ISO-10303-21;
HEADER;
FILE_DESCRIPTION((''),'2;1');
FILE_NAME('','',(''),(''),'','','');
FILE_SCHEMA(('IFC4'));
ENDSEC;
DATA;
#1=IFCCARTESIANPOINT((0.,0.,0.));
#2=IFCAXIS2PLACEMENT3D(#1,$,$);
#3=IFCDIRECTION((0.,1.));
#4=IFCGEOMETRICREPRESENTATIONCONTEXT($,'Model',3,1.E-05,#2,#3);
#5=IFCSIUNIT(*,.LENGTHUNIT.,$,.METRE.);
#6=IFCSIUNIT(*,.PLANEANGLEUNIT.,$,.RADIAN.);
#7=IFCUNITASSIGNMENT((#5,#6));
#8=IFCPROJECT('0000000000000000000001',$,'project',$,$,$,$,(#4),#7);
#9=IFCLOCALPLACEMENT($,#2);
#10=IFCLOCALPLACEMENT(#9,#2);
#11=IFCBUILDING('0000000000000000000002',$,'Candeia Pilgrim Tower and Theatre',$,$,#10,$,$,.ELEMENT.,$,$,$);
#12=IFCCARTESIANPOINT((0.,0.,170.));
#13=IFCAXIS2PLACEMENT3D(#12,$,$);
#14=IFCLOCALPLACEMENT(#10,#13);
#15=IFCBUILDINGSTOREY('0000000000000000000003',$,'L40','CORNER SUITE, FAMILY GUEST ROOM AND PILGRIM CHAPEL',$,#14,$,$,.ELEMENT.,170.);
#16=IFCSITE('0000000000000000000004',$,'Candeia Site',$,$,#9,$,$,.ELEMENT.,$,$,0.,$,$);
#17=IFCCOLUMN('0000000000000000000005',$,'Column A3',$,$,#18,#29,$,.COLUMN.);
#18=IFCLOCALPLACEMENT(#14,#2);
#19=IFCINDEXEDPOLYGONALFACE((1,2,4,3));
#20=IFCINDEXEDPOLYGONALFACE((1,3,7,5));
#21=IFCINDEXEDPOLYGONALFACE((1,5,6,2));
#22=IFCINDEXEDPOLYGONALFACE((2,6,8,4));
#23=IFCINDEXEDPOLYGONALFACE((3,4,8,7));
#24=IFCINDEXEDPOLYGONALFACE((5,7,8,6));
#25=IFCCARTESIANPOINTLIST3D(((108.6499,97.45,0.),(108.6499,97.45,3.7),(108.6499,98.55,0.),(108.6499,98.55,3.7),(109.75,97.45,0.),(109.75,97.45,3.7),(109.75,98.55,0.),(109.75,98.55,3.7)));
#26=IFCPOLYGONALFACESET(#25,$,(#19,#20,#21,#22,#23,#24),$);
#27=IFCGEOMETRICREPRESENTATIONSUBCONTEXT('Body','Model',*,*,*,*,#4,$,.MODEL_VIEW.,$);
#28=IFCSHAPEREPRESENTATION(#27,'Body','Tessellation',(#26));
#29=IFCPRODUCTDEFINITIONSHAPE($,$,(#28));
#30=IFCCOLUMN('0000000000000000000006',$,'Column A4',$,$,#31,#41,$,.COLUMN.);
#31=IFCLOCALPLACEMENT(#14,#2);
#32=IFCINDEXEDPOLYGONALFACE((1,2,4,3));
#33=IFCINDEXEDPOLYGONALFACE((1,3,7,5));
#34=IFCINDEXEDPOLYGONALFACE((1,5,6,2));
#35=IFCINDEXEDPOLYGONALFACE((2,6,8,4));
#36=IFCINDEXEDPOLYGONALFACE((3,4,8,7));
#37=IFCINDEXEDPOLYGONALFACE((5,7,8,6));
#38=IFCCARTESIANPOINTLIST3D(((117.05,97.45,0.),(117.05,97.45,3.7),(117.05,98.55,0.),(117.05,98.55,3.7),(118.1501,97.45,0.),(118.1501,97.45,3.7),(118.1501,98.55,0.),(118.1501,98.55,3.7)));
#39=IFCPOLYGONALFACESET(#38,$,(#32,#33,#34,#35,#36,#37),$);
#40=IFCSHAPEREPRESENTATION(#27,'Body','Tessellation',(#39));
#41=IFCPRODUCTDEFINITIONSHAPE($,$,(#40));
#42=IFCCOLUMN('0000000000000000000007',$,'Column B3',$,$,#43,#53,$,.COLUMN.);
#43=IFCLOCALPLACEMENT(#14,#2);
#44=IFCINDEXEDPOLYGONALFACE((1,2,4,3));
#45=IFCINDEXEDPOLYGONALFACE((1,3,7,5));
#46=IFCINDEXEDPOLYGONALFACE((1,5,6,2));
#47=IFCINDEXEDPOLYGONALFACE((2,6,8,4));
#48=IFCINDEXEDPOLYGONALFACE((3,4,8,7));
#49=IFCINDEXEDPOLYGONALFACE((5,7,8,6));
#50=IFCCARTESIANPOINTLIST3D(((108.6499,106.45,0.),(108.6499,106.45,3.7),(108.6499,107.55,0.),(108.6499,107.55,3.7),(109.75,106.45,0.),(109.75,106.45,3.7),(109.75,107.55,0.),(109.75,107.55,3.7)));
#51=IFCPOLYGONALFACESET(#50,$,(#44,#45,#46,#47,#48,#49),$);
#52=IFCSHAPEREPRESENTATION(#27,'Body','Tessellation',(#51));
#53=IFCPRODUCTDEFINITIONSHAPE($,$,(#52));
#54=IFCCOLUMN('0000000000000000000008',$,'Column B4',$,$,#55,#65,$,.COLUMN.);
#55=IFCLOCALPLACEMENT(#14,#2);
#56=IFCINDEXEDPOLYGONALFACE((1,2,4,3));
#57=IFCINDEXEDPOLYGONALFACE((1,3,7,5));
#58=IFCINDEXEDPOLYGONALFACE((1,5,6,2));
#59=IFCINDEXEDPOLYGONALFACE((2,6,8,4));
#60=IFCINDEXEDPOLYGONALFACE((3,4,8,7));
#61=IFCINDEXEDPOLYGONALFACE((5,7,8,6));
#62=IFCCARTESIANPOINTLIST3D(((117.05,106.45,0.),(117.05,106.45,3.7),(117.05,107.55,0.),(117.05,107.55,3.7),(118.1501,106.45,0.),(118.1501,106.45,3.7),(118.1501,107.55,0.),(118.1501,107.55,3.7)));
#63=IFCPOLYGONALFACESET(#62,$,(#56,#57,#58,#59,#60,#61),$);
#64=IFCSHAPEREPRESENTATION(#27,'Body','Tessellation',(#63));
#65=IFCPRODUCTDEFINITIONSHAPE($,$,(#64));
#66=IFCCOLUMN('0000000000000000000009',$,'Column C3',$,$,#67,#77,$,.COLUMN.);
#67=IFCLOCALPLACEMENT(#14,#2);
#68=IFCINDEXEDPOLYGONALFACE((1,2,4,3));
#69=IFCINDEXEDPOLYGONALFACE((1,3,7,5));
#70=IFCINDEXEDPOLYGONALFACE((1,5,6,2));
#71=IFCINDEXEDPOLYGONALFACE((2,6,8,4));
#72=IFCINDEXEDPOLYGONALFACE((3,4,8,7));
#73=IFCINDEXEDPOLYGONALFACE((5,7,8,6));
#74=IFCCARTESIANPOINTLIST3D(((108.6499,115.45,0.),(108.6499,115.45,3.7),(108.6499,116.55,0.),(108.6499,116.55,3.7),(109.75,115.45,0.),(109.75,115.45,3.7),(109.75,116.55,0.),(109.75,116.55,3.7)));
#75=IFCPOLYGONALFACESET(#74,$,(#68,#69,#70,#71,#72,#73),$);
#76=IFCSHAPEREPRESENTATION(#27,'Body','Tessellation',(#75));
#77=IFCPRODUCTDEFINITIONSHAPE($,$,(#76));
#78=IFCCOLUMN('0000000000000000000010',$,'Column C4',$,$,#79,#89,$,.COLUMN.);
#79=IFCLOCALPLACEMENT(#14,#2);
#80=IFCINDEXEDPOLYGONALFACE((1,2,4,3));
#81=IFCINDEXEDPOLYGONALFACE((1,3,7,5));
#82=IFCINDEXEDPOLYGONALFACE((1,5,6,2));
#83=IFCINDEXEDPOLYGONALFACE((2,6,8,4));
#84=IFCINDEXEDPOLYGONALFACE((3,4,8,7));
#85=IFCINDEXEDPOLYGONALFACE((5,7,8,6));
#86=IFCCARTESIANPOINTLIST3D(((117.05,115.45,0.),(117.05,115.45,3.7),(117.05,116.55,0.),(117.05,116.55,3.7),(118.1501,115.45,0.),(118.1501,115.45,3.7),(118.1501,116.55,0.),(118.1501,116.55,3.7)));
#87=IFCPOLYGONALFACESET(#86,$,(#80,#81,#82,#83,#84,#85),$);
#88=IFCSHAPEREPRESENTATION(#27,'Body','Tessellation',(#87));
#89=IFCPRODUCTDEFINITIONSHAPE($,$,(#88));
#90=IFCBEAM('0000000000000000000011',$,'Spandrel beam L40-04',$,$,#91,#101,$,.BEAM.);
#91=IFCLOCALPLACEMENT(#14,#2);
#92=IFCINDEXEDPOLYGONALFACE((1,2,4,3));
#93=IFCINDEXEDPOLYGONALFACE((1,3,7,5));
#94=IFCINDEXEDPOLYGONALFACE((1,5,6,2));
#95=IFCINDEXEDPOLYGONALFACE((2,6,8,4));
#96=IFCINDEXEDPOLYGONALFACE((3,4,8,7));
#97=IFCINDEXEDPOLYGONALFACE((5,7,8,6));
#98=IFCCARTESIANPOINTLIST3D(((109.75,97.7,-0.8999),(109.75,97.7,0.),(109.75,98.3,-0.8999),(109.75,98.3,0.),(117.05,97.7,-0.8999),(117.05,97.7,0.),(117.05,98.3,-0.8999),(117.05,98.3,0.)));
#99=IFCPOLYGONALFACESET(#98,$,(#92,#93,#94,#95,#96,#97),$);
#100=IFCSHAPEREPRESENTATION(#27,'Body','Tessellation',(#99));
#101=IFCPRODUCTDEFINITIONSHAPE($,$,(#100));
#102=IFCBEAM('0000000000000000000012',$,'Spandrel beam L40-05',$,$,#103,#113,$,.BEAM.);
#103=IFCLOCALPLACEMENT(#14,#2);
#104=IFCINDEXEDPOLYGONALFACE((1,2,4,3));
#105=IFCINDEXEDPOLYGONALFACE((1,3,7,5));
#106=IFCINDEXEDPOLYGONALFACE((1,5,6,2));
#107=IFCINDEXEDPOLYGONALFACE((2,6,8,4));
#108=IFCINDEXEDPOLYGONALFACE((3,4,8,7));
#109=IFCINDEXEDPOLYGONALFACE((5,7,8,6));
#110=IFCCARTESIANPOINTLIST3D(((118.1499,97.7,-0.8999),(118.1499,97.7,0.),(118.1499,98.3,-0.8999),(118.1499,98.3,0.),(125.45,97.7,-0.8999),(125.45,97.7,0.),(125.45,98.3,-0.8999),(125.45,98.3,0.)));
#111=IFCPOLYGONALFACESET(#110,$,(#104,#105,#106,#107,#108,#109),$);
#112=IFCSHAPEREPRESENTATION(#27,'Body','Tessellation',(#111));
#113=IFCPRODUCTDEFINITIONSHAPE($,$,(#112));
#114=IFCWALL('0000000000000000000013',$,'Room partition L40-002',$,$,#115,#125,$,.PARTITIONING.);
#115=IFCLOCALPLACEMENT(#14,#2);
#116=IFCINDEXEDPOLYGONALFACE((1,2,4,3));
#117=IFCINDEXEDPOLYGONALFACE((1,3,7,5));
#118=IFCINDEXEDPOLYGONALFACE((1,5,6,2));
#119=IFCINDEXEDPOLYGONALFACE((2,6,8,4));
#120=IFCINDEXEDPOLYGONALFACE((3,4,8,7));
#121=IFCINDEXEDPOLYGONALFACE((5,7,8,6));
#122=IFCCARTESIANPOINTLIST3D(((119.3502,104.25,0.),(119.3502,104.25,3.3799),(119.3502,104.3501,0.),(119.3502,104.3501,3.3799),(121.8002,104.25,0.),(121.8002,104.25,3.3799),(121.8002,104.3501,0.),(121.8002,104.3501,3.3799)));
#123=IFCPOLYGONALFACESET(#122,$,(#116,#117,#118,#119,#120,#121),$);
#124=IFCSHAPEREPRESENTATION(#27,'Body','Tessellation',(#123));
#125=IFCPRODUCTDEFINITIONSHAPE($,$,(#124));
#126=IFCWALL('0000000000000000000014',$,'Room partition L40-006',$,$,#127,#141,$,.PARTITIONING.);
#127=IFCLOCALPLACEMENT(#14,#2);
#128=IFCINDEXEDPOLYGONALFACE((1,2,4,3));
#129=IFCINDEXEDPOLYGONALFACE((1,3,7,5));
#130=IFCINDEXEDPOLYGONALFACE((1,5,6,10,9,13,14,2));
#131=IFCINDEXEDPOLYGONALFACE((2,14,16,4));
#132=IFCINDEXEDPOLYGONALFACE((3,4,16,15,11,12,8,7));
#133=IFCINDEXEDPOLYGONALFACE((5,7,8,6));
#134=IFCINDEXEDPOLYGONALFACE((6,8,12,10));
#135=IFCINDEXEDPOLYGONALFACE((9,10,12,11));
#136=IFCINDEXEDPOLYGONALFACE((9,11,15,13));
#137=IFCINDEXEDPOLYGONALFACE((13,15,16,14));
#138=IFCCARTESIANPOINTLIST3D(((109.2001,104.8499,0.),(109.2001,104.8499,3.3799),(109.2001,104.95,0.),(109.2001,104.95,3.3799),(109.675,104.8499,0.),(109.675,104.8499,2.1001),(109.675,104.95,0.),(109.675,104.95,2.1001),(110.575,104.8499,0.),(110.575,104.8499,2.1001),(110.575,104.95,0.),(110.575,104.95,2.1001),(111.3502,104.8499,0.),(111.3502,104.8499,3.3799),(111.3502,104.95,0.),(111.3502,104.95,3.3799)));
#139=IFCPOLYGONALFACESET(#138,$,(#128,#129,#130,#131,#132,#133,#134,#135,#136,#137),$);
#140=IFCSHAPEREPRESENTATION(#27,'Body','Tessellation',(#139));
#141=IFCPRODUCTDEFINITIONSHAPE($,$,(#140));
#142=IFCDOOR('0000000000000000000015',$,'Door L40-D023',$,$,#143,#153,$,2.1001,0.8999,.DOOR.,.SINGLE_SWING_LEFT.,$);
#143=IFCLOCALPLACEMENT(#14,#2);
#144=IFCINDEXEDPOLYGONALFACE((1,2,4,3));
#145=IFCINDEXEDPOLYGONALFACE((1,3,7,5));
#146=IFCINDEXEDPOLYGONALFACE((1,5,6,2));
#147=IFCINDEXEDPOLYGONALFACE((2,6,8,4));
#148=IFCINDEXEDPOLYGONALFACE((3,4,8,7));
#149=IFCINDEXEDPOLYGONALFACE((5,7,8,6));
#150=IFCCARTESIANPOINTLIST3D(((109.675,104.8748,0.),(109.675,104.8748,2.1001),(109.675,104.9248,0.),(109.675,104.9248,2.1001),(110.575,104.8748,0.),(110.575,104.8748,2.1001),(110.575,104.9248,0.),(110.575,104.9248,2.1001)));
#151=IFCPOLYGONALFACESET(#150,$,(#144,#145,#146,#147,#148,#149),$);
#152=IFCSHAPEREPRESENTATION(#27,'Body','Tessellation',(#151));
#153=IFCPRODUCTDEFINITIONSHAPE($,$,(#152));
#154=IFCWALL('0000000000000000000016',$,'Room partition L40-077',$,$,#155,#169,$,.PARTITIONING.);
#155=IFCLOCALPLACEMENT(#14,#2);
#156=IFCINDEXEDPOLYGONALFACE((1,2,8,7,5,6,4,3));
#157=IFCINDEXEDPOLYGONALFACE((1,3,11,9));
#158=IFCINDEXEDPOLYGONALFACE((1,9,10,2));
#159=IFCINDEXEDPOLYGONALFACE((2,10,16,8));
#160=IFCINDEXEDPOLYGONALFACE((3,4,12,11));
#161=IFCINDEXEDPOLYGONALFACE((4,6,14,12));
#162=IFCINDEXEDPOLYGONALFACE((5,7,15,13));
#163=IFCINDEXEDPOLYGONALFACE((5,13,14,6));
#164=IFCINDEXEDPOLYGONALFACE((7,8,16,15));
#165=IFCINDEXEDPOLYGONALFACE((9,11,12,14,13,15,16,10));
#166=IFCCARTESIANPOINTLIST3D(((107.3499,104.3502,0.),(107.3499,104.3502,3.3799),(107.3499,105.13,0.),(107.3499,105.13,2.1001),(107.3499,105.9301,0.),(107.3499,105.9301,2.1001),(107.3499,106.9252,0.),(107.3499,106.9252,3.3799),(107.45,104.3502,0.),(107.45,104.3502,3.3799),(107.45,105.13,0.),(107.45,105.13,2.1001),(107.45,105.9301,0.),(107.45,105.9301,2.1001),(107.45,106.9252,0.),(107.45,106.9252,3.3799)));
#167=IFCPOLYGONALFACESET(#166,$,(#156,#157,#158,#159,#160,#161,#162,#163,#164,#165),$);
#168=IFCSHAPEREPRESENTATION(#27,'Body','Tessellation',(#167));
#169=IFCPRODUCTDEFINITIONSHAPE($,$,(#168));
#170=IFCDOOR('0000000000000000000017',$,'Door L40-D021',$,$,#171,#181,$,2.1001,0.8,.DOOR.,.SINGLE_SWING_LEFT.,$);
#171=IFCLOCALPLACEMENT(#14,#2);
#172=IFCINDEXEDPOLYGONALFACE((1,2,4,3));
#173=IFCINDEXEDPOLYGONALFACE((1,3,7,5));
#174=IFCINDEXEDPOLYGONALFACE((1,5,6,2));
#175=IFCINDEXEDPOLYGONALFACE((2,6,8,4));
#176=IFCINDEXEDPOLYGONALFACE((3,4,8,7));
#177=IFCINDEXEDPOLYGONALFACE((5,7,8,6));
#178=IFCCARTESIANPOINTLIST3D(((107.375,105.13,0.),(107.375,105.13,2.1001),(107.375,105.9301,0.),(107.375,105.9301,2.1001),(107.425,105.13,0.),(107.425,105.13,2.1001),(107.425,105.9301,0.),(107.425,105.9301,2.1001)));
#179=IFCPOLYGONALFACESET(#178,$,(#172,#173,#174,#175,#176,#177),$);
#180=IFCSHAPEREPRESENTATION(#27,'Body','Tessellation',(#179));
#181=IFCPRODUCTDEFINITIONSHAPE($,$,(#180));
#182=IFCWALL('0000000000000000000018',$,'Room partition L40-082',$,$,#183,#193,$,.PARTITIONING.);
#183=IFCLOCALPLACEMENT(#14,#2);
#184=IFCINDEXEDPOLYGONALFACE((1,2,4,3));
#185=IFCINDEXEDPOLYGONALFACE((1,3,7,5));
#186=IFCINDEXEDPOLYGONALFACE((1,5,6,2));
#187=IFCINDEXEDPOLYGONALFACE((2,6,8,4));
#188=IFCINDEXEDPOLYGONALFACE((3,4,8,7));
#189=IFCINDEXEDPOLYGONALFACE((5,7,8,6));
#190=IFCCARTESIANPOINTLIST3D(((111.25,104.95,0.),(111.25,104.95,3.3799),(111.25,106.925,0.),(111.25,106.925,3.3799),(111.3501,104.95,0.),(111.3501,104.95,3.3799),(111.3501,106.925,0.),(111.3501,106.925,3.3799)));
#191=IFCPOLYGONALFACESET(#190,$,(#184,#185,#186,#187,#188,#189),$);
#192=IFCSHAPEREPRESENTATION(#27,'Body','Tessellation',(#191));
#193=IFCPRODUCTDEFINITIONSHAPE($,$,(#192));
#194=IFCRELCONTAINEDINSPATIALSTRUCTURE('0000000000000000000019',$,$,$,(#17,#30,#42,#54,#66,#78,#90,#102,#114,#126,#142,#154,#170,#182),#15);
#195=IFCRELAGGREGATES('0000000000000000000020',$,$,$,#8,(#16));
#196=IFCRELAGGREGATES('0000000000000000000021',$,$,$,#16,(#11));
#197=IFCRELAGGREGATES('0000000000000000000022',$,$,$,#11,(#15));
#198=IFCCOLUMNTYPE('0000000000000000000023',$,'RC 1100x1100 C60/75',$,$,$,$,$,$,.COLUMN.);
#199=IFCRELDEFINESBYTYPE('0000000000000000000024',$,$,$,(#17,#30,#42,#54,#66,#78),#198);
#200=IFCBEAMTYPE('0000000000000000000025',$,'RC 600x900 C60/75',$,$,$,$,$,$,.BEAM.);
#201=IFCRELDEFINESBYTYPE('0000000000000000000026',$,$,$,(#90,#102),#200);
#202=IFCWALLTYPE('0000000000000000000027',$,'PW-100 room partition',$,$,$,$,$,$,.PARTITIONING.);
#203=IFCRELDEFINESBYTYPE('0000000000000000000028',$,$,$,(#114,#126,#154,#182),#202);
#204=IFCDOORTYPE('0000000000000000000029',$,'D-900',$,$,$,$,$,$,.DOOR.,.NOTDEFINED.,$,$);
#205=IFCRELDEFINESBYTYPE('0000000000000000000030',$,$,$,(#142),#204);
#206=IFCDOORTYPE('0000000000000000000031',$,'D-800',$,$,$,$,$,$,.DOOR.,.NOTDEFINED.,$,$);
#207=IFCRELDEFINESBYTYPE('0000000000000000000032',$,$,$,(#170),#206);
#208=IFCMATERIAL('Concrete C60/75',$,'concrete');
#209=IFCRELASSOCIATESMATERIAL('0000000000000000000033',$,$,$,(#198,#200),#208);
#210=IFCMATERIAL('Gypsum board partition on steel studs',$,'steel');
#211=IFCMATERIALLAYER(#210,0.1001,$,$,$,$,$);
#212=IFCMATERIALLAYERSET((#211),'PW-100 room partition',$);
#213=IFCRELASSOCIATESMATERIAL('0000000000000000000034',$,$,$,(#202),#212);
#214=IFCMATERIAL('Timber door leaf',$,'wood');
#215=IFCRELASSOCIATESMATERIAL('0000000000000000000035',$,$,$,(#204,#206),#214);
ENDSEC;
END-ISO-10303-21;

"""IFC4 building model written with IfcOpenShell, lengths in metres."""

from ifc_helpers import new_model, si_unit, direction, frame, frame_2d, origin, origin_2d, place, context, subcontext, project, spatial, rectangle, extrude, material, layer, layer_set, material_profile, profile_set, type_object, element, fill, save


model = new_model("IFC4")

# Units and contexts
model_context = context("Model", 3, precision=1e-05, world=origin(), true_north=direction((0.0, 1.0)))
body_context = subcontext(model_context, "Body", "Model", "MODEL_VIEW")
ifc_project = project(units=[si_unit("LENGTHUNIT", "METRE"), si_unit("PLANEANGLEUNIT", "RADIAN")], contexts=[model_context])

# Site, building, storey
site_placement = place(None, origin())
site = spatial("IfcSite", under=ifc_project, at=site_placement, Name="Candeia Site", CompositionType="ELEMENT", RefElevation=0.0)
building_placement = place(site_placement, origin())
building = spatial("IfcBuilding", under=site, at=building_placement, Name="Candeia Pilgrim Tower and Theatre", CompositionType="ELEMENT")
storey_placement = place(building_placement, frame((0.0, 0.0, 170.0)))
storey = spatial("IfcBuildingStorey", under=building, at=storey_placement, Name="L40", Description="CORNER SUITE, FAMILY GUEST ROOM AND PILGRIM CHAPEL", CompositionType="ELEMENT", Elevation=170.0)

# Columns
ifc_material_1 = material(Name="Concrete C60/75", Category="concrete")
ifc_material_profile_1 = material_profile(ifc_material_1, rectangle(XDim=1.1001, YDim=1.1001, at=origin_2d()))
ifc_profile_set_1 = profile_set([ifc_material_profile_1], Name="Concrete C60/75")
column_type = type_object("IfcColumnType", Name="RC 1100x1100 C60/75", PredefinedType="COLUMN", material=ifc_profile_set_1)
for number, where, z_axis, x_axis, name in (
    (1, (109.2, 98.0, 0.0), (0.0, 0.0, 1.0), (1.0, 0.0, 0.0), "Column A3"),
    (2, (117.6001, 98.0, 0.0), (0.0, 0.0, 1.0), (1.0, 0.0, 0.0), "Column A4"),
    (3, (109.2, 107.0, 0.0), (0.0, 0.0, 1.0), (1.0, 0.0, 0.0), "Column B3"),
    (4, (117.6001, 107.0, 0.0), (0.0, 0.0, 1.0), (1.0, 0.0, 0.0), "Column B4"),
    (5, (109.2, 116.0, 0.0), (0.0, 0.0, 1.0), (1.0, 0.0, 0.0), "Column C3"),
    (6, (117.6001, 116.0, 0.0), (0.0, 0.0, 1.0), (1.0, 0.0, 0.0), "Column C4"),
):
    element("IfcColumn", number, at=place(storey_placement, frame(where, z_axis=z_axis, x_axis=x_axis)), inside=storey, type_object=column_type, Name=name, PredefinedType="COLUMN", context=body_context, shape_type="SweptSolid", body=[
        extrude(rectangle(XDim=1.1001, YDim=1.1001, at=origin_2d()), origin(), (0.0, 0.0, 1.0), 3.7),
    ])

# Beams
ifc_material_profile_2 = material_profile(ifc_material_1, rectangle(XDim=0.6001, YDim=0.8999, at=origin_2d()))
ifc_profile_set_2 = profile_set([ifc_material_profile_2], Name="Concrete C60/75")
beam_type = type_object("IfcBeamType", Name="RC 600x900 C60/75", PredefinedType="BEAM", material=ifc_profile_set_2)
for number, where, z_axis, x_axis, name in (
    (7, (109.75, 98.0, -0.45), (1.0, 0.0, 0.0), (0.0, 1.0, 0.0), "Spandrel beam L40-04"),
    (8, (118.1499, 98.0, -0.45), (1.0, 0.0, 0.0), (0.0, 1.0, 0.0), "Spandrel beam L40-05"),
):
    element("IfcBeam", number, at=place(storey_placement, frame(where, z_axis=z_axis, x_axis=x_axis)), inside=storey, type_object=beam_type, Name=name, PredefinedType="BEAM", context=body_context, shape_type="SweptSolid", body=[
        extrude(rectangle(XDim=0.6001, YDim=0.8999, at=origin_2d()), origin(), (0.0, 0.0, 1.0), 7.3),
    ])

# Wall
ifc_material_2 = material(Name="Gypsum board partition on steel studs", Category="steel")
ifc_layer_1 = layer(ifc_material_2, 0.1001)
ifc_layer_set_1 = layer_set([ifc_layer_1], Name="PW-100 room partition")
wall_type_1 = type_object("IfcWallType", Name="PW-100 room partition", PredefinedType="PARTITIONING", material=ifc_layer_set_1)
wall_1_placement = place(storey_placement, frame((119.3501, 104.3, 0.0), z_axis=(0.0, 0.0, 1.0), x_axis=(1.0, 0.0, 0.0)))
element("IfcWall", 9, at=wall_1_placement, inside=storey, type_object=wall_type_1, Name="Room partition L40-002", PredefinedType="PARTITIONING", context=body_context, shape_type="SweptSolid", body=[
    extrude(rectangle(XDim=2.45, YDim=0.1001, at=frame_2d((1.2251, 0.0))), origin(), (0.0, 0.0, 1.0), 3.3799),
])

# Walls, openings, doors
wall_2_placement = place(storey_placement, frame((109.2, 104.8999, 0.0), z_axis=(0.0, 0.0, 1.0), x_axis=(1.0, 0.0, 0.0)))
wall_2 = element("IfcWall", 10, at=wall_2_placement, inside=storey, type_object=wall_type_1, Name="Room partition L40-006", PredefinedType="PARTITIONING", context=body_context, shape_type="SweptSolid", body=[
    extrude(rectangle(XDim=2.1501, YDim=0.1001, at=frame_2d((1.0752, 0.0))), origin(), (0.0, 0.0, 1.0), 3.3799),
])
opening_1_placement = place(wall_2_placement, frame((0.4751, 0.0, 0.0)))
opening_1 = element("IfcOpeningElement", 11, at=opening_1_placement, cuts=wall_2, PredefinedType="OPENING", context=body_context, shape_type="SweptSolid", body=[
    extrude(rectangle(XDim=0.8999, YDim=2.1001, at=frame_2d((0.45, 1.05))), frame((0.0, 0.0601, 0.0), z_axis=(0.0, -1.0, 0.0), x_axis=(1.0, 0.0, 0.0)), (0.0, 0.0, 1.0), 0.1201),
])
ifc_material_3 = material(Name="Timber door leaf", Category="wood")
door_type_1 = type_object("IfcDoorType", Name="D-900", OperationType="NOTDEFINED", PredefinedType="DOOR", material=ifc_material_3)
door_1_placement = place(opening_1_placement, origin())
door_1 = element("IfcDoor", 12, at=door_1_placement, inside=storey, type_object=door_type_1, Name="Door L40-D023", OperationType="SINGLE_SWING_LEFT", OverallHeight=2.1001, OverallWidth=0.8999, PredefinedType="DOOR", context=body_context, shape_type="SweptSolid", body=[
    extrude(rectangle(XDim=0.8999, YDim=2.1001, at=frame_2d((0.45, 1.05))), frame((0.0, 0.0249, 0.0), z_axis=(0.0, -1.0, 0.0), x_axis=(1.0, 0.0, 0.0)), (0.0, 0.0, 1.0), 0.05),
])
fill(opening_1, door_1)
wall_3_placement = place(storey_placement, frame((107.3999, 104.3501, 0.0), z_axis=(0.0, 0.0, 1.0), x_axis=(0.0, 1.0, 0.0)))
wall_3 = element("IfcWall", 13, at=wall_3_placement, inside=storey, type_object=wall_type_1, Name="Room partition L40-077", PredefinedType="PARTITIONING", context=body_context, shape_type="SweptSolid", body=[
    extrude(rectangle(XDim=2.575, YDim=0.1001, at=frame_2d((1.2876, 0.0))), origin(), (0.0, 0.0, 1.0), 3.3799),
])
opening_2_placement = place(wall_3_placement, frame((0.78, 0.0, 0.0)))
opening_2 = element("IfcOpeningElement", 14, at=opening_2_placement, cuts=wall_3, PredefinedType="OPENING", context=body_context, shape_type="SweptSolid", body=[
    extrude(rectangle(XDim=0.8, YDim=2.1001, at=frame_2d((0.3999, 1.05))), frame((0.0, 0.0601, 0.0), z_axis=(0.0, -1.0, 0.0), x_axis=(1.0, 0.0, 0.0)), (0.0, 0.0, 1.0), 0.1201),
])
door_type_2 = type_object("IfcDoorType", Name="D-800", OperationType="NOTDEFINED", PredefinedType="DOOR", material=ifc_material_3)
door_2_placement = place(opening_2_placement, origin())
door_2 = element("IfcDoor", 15, at=door_2_placement, inside=storey, type_object=door_type_2, Name="Door L40-D021", OperationType="SINGLE_SWING_LEFT", OverallHeight=2.1001, OverallWidth=0.8, PredefinedType="DOOR", context=body_context, shape_type="SweptSolid", body=[
    extrude(rectangle(XDim=0.8, YDim=2.1001, at=frame_2d((0.3999, 1.05))), frame((0.0, 0.0249, 0.0), z_axis=(0.0, -1.0, 0.0), x_axis=(1.0, 0.0, 0.0)), (0.0, 0.0, 1.0), 0.05),
])
fill(opening_2, door_2)

# Wall
wall_4_placement = place(storey_placement, frame((111.3, 104.95, 0.0), z_axis=(0.0, 0.0, 1.0), x_axis=(0.0, 1.0, 0.0)))
element("IfcWall", 16, at=wall_4_placement, inside=storey, type_object=wall_type_1, Name="Room partition L40-082", PredefinedType="PARTITIONING", context=body_context, shape_type="SweptSolid", body=[
    extrude(rectangle(XDim=1.9751, YDim=0.1001, at=frame_2d((0.9875, 0.0))), origin(), (0.0, 0.0, 1.0), 3.3799),
])

save(model, "model.ifc")
